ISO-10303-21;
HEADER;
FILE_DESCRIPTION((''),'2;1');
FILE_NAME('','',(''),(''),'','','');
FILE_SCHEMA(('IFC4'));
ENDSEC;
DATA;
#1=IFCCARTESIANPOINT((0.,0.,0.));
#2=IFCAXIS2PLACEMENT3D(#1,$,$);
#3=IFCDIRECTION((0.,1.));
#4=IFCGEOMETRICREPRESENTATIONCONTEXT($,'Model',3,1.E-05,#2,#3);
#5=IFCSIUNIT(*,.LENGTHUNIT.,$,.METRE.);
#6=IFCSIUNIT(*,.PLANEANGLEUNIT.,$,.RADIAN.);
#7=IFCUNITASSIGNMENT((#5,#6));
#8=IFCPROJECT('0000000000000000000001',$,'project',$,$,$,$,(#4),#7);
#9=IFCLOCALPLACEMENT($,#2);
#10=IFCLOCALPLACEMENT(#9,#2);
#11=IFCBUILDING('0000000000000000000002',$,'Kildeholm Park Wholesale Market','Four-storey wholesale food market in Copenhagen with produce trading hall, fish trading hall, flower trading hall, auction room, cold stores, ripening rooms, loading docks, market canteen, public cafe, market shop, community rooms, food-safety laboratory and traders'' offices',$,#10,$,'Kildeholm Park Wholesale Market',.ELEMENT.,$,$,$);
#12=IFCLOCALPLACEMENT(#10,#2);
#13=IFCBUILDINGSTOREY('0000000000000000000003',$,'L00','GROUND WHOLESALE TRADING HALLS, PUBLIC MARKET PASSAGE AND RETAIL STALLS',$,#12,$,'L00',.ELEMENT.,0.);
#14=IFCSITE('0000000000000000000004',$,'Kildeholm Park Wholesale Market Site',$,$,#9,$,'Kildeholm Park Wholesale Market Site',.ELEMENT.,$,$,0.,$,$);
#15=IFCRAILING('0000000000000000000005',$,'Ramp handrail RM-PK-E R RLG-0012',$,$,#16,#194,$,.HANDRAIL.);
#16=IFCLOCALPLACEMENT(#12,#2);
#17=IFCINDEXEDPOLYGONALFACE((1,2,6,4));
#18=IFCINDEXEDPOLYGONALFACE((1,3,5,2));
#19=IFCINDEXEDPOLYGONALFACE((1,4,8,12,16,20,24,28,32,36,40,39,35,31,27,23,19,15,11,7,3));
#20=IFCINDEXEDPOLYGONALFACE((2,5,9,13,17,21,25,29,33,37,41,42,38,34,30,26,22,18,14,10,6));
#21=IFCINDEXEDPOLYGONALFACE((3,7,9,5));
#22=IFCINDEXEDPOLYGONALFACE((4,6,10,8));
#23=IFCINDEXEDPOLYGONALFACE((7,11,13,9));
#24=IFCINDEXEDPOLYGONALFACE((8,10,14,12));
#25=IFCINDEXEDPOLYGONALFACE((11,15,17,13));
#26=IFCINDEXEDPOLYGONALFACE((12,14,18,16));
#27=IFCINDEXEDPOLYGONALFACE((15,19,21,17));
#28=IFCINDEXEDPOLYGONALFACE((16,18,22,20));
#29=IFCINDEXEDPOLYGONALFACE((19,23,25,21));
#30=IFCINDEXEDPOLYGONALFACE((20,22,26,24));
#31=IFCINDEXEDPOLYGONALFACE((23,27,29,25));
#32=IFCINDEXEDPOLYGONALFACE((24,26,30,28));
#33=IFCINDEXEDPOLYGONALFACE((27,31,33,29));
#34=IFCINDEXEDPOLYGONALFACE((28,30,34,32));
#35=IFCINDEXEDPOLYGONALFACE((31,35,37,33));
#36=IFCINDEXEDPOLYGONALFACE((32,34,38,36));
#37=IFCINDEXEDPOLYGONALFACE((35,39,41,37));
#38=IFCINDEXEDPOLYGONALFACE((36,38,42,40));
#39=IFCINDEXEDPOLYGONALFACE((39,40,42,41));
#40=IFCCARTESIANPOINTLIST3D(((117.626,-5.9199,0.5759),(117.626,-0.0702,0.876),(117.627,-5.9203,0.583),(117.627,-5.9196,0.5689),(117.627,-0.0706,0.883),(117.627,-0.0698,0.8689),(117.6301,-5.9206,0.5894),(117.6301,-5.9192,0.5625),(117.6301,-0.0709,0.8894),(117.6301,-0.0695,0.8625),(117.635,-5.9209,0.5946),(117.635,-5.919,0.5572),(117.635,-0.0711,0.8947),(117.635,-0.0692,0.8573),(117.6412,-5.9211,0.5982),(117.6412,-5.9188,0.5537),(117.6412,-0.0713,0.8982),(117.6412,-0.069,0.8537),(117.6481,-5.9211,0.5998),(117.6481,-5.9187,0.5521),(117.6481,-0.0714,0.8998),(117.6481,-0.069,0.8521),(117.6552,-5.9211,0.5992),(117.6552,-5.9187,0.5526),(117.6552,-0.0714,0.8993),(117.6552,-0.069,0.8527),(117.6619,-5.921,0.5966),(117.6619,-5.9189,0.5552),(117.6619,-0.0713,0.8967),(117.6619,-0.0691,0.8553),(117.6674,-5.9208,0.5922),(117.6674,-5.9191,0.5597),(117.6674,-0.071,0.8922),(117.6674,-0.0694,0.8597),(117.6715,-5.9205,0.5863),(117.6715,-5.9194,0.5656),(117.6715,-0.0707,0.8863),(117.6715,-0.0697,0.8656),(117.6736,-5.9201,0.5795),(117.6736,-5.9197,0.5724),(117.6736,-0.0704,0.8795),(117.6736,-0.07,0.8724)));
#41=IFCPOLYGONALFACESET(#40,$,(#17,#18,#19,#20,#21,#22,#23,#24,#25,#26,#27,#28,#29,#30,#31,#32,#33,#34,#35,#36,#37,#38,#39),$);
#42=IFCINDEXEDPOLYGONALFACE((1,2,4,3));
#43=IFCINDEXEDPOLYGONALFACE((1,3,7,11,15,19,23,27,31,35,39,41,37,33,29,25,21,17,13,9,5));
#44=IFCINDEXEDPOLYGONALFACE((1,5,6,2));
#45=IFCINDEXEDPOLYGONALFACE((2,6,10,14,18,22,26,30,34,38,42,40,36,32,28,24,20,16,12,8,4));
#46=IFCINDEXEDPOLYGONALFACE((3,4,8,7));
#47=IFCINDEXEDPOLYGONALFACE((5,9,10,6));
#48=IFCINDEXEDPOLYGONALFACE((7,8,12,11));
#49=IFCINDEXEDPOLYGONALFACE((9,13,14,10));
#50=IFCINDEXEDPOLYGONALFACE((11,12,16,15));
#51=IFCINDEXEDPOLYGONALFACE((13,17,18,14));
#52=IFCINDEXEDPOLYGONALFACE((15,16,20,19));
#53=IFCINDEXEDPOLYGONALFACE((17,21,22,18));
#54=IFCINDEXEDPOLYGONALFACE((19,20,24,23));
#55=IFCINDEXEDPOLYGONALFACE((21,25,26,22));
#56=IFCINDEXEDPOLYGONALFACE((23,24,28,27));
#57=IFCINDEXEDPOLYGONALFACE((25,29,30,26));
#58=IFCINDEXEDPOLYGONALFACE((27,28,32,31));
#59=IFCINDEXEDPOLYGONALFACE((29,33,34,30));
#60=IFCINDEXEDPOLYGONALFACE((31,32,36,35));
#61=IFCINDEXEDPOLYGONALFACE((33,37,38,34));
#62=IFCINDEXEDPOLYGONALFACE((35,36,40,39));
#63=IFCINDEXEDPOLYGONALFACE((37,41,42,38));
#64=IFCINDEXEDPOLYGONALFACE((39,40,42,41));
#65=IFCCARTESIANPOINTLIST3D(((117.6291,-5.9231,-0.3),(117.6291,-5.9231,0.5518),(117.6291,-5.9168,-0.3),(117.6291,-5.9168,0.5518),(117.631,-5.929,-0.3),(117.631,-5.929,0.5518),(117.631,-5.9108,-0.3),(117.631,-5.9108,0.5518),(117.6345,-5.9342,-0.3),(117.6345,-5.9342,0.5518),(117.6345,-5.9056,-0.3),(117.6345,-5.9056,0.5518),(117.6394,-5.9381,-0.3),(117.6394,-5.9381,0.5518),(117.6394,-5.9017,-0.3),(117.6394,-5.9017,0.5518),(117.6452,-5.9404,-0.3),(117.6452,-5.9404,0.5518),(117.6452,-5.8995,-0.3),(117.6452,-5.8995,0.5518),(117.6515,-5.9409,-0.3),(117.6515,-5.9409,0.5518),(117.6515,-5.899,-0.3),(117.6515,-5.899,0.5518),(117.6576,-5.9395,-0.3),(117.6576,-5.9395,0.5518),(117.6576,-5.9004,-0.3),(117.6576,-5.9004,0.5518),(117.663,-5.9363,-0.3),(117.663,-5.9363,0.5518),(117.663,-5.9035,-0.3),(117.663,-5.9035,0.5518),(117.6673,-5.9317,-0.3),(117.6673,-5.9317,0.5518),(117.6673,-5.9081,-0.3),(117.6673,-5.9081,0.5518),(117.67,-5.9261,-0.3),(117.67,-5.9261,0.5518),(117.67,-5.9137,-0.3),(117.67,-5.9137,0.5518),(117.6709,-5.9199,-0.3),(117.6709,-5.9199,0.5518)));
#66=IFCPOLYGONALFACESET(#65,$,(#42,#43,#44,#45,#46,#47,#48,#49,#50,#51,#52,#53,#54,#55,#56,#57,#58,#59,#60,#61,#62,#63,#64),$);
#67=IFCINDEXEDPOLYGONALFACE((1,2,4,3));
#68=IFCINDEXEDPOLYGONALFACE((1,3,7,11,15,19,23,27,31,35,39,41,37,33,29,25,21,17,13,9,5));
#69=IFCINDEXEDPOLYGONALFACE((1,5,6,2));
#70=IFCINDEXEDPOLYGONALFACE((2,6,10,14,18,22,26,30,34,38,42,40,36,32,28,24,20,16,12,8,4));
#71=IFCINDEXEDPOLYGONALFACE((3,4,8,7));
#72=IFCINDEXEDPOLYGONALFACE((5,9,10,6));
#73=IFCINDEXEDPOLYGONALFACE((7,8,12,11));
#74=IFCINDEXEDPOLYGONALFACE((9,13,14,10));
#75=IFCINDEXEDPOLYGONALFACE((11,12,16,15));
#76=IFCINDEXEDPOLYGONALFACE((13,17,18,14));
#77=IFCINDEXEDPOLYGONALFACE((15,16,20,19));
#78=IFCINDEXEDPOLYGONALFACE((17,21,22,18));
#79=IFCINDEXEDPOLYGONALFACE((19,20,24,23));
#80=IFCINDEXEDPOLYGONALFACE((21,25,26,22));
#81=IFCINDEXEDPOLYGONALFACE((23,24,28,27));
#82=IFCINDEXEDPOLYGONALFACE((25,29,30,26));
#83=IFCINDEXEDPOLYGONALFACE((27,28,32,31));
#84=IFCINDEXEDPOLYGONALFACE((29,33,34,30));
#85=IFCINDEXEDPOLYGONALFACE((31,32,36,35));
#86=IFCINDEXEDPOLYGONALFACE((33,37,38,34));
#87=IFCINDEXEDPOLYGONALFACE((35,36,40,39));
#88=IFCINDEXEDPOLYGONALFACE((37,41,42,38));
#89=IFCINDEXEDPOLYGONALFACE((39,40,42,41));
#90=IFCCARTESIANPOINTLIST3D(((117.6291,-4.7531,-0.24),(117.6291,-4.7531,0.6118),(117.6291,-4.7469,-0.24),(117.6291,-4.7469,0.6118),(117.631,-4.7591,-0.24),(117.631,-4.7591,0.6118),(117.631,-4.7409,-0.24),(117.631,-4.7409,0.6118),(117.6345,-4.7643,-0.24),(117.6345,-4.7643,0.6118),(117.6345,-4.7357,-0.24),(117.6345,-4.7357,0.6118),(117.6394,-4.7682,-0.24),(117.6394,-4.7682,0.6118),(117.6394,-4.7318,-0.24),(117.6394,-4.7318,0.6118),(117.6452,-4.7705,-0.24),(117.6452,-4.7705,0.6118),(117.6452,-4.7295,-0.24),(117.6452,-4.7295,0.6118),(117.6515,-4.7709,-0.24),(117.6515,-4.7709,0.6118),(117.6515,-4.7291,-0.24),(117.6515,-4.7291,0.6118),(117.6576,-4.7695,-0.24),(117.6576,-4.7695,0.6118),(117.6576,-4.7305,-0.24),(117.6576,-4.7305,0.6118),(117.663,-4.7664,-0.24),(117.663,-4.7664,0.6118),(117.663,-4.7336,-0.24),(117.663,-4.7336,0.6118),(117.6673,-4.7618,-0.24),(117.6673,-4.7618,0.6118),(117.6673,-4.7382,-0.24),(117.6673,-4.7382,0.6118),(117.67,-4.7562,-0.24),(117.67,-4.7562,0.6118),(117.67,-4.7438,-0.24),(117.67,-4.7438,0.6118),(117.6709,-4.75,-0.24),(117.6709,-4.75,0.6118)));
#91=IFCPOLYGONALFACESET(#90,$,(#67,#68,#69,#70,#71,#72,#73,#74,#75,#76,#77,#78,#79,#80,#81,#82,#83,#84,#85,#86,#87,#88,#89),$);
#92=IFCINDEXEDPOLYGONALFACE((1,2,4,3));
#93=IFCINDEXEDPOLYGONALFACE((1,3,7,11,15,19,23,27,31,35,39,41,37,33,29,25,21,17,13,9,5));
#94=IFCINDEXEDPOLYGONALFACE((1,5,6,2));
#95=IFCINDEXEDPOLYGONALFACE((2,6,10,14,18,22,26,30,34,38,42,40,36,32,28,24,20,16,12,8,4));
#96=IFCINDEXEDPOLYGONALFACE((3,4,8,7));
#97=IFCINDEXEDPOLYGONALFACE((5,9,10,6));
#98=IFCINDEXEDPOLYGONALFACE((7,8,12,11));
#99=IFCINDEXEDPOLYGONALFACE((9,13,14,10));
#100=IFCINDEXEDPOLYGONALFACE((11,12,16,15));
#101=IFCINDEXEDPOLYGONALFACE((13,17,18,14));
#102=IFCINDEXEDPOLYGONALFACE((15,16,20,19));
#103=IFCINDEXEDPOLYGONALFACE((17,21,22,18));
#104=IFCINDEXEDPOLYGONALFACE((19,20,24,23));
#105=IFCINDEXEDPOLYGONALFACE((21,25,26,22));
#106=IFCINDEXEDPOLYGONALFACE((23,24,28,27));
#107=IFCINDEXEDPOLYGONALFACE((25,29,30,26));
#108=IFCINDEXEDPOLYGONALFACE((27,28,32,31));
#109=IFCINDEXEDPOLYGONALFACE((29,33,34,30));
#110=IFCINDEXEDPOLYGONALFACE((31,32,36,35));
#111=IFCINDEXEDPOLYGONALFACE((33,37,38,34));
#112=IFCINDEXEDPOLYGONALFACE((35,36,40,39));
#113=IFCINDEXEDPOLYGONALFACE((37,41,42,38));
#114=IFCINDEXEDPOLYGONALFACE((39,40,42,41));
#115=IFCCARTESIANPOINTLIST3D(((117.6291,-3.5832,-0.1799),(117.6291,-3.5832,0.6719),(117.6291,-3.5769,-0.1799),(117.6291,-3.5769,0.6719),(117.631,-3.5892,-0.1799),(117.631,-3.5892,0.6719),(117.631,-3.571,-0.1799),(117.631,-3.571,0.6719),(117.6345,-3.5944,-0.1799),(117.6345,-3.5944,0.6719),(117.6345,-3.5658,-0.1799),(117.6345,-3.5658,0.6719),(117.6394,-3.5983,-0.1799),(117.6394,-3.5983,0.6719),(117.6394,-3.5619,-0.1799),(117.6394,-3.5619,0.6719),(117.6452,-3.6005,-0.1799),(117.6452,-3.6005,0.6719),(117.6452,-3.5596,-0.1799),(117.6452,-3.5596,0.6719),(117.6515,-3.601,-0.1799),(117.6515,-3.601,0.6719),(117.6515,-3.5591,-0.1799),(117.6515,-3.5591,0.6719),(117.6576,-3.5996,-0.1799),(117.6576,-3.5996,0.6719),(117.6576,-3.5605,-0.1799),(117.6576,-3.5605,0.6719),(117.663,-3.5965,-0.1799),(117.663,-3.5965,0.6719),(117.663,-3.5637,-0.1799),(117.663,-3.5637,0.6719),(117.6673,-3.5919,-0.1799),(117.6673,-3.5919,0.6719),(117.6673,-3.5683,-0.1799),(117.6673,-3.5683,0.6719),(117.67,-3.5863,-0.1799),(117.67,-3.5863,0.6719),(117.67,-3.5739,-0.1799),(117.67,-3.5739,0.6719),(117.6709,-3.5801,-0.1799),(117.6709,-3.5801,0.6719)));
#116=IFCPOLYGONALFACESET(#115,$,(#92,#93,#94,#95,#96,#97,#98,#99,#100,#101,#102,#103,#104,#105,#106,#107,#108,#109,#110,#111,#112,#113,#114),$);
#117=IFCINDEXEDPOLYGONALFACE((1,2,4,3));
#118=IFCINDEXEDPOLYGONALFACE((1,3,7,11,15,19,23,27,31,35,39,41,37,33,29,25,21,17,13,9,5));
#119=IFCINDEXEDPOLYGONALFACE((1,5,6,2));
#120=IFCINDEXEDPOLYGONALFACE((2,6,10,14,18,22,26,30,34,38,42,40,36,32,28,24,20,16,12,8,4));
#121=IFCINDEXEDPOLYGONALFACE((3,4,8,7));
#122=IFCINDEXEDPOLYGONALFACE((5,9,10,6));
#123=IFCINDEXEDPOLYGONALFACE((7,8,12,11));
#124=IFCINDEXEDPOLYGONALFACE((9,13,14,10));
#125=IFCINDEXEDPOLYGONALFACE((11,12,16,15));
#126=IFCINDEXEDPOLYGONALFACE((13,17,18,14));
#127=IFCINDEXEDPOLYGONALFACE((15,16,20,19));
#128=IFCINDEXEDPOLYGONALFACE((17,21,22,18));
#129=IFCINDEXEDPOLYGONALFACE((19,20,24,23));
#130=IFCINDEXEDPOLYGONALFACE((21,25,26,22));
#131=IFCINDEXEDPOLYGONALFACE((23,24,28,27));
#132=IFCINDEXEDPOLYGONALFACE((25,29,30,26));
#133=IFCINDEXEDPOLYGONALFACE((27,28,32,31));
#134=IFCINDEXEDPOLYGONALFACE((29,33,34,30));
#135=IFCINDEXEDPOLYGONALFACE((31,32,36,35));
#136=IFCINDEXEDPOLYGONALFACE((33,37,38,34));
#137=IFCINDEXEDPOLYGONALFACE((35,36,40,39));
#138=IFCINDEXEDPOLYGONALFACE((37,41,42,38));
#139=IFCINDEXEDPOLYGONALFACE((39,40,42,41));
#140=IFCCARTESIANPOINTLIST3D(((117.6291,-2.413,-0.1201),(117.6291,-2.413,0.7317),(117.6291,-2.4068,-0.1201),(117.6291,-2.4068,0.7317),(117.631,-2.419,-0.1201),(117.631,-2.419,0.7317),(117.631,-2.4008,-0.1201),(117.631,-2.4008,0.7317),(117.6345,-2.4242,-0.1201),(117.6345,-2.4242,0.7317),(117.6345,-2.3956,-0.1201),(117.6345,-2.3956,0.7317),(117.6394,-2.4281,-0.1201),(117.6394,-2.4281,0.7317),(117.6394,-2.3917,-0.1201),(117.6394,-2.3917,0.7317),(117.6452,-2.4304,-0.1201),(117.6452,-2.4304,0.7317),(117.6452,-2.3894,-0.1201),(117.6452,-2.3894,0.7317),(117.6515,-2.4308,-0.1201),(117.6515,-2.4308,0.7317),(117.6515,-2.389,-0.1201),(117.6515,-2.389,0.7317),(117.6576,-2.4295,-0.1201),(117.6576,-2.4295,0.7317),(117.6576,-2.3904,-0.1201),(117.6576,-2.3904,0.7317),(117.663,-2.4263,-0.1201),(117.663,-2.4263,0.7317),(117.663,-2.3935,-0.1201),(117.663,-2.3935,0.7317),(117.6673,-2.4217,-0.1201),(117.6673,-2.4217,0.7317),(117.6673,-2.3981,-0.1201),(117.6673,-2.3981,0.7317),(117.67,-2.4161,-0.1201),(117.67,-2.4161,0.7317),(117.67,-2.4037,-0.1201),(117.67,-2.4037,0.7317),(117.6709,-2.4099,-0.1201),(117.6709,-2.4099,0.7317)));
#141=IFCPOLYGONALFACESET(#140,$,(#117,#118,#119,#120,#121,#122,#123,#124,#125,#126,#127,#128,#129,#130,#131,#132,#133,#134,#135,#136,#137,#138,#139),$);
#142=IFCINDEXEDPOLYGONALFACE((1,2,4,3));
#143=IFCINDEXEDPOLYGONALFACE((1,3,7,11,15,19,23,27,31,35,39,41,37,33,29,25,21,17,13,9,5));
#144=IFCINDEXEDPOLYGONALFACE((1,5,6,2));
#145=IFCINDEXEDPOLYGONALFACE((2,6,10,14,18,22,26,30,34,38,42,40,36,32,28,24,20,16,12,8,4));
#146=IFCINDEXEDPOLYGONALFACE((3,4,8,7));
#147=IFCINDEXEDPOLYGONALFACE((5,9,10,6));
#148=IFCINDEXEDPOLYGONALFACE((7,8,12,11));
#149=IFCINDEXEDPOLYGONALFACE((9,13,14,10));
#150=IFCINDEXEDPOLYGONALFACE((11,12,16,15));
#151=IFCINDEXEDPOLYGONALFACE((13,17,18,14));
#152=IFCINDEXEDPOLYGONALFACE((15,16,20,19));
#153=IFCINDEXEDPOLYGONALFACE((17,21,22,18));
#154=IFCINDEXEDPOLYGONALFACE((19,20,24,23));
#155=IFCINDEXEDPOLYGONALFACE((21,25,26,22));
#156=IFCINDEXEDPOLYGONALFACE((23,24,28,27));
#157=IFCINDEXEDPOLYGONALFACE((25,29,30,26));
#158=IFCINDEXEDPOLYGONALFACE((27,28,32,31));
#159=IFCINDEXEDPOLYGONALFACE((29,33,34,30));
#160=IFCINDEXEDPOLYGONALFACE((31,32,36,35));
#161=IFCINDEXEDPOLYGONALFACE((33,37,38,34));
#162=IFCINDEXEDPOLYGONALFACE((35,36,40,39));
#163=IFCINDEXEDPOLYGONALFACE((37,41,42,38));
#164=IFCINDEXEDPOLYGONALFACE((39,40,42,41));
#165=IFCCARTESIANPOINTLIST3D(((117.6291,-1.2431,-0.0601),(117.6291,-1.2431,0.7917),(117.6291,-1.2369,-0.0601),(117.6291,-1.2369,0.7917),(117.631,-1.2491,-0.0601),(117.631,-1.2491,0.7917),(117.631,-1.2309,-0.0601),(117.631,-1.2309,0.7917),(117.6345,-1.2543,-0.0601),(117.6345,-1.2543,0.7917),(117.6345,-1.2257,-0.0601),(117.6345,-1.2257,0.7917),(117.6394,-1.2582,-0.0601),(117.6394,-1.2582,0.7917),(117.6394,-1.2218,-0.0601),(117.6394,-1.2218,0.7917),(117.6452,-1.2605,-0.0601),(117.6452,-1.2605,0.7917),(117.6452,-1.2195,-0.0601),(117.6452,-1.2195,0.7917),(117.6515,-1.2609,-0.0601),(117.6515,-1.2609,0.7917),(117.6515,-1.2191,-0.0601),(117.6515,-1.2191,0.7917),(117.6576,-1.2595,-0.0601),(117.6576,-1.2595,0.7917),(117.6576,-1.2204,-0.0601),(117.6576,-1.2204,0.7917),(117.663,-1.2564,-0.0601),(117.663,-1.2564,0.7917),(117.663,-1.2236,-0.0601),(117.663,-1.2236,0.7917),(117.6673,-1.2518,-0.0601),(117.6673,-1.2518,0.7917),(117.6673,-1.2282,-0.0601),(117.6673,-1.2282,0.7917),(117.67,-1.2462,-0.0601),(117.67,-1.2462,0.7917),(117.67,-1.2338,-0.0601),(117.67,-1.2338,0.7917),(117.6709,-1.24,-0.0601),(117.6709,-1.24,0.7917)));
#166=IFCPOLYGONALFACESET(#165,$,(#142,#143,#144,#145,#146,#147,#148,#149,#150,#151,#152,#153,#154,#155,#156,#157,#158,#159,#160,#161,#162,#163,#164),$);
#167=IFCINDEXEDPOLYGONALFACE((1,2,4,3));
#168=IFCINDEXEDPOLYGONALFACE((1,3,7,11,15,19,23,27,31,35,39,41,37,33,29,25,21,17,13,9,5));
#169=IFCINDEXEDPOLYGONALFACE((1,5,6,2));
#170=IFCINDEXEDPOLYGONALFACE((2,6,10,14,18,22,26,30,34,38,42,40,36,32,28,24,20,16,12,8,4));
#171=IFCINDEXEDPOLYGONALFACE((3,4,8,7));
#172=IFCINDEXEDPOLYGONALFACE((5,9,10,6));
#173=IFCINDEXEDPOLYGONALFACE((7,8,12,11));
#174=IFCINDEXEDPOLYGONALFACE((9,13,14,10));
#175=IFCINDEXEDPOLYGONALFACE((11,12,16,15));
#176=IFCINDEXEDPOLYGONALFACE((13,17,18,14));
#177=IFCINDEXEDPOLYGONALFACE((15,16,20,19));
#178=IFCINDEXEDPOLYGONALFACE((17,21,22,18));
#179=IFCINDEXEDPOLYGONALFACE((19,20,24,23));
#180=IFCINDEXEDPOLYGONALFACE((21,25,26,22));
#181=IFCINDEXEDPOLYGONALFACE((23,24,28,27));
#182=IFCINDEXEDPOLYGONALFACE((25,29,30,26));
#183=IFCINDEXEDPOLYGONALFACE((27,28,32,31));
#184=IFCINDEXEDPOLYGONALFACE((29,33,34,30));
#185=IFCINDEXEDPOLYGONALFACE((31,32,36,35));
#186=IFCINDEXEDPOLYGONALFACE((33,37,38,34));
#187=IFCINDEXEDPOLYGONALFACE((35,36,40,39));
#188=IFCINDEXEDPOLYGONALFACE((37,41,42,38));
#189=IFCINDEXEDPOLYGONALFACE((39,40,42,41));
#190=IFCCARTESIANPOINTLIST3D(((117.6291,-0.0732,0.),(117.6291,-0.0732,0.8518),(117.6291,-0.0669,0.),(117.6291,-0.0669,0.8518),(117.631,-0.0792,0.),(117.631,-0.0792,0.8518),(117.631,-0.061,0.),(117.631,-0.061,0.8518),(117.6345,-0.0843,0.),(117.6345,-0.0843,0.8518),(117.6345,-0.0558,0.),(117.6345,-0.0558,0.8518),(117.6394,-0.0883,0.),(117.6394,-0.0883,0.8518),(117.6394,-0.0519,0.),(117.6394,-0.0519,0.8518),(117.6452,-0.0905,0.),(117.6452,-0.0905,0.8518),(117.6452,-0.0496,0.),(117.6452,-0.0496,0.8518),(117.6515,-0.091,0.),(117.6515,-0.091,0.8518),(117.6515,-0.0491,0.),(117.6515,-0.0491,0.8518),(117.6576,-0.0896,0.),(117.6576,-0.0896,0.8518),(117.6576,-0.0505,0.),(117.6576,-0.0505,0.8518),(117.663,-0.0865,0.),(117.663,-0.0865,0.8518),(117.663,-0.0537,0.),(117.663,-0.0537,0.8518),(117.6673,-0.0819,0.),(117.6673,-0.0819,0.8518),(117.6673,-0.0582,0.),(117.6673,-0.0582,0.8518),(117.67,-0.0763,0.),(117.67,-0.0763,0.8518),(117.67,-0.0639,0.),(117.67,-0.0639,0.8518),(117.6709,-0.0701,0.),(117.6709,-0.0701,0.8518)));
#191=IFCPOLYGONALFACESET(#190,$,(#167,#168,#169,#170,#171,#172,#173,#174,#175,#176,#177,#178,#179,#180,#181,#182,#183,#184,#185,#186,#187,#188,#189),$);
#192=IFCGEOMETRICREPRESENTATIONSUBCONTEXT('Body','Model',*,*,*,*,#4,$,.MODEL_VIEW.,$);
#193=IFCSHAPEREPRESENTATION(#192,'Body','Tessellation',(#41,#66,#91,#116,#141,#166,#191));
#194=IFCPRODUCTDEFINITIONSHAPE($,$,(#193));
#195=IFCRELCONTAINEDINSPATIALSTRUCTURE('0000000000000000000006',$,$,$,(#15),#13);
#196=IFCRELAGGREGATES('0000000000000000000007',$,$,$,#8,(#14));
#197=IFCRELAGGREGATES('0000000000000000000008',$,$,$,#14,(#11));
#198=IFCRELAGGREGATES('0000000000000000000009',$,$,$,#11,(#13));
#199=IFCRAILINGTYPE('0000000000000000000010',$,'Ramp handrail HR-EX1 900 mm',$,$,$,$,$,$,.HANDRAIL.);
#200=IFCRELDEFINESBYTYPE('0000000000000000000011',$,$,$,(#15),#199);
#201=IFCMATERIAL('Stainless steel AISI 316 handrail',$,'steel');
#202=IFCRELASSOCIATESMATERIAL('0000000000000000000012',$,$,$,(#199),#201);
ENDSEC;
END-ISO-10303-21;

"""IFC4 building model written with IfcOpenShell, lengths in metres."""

from ifc_helpers import new_model, si_unit, direction, frame, origin, origin_2d, place, context, subcontext, project, spatial, circle, extrude, material, type_object, element, save


model = new_model("IFC4")

# Units and contexts
model_context = context("Model", 3, precision=1e-05, world=origin(), true_north=direction((0.0, 1.0)))
body_context = subcontext(model_context, "Body", "Model", "MODEL_VIEW")
ifc_project = project(units=[si_unit("LENGTHUNIT", "METRE"), si_unit("PLANEANGLEUNIT", "RADIAN")], contexts=[model_context])

# Site, building, storey
site_placement = place(None, origin())
site = spatial("IfcSite", under=ifc_project, at=site_placement, Name="Kildeholm Park Wholesale Market Site", LongName="Kildeholm Park Wholesale Market Site", CompositionType="ELEMENT", RefElevation=0.0)
building_placement = place(site_placement, origin())
building = spatial("IfcBuilding", under=site, at=building_placement, Name="Kildeholm Park Wholesale Market", Description="Four-storey wholesale food market in Copenhagen with produce trading hall, fish trading hall, flower trading hall, auction room, cold stores, ripening rooms, loading docks, market canteen, public cafe, market shop, community rooms, food-safety laboratory and traders' offices", LongName="Kildeholm Park Wholesale Market", CompositionType="ELEMENT")
storey_placement = place(building_placement, origin())
storey = spatial("IfcBuildingStorey", under=building, at=storey_placement, Name="L00", Description="GROUND WHOLESALE TRADING HALLS, PUBLIC MARKET PASSAGE AND RETAIL STALLS", LongName="L00", CompositionType="ELEMENT", Elevation=0.0)

# Railing
ifc_material_1 = material(Name="Stainless steel AISI 316 handrail", Category="steel")
railing_type = type_object("IfcRailingType", Name="Ramp handrail HR-EX1 900 mm", PredefinedType="HANDRAIL", material=ifc_material_1)
for number, where, name in (
    (1, (117.6499, -5.9199, -0.3), "Ramp handrail RM-PK-E R RLG-0012"),
):
    element("IfcRailing", number, at=place(storey_placement, frame(where)), inside=storey, type_object=railing_type, Name=name, PredefinedType="HANDRAIL", context=body_context, shape_type="SweptSolid", body=[
        extrude(circle(Radius=0.0239, at=origin_2d()), frame((0.0, 0.0, 0.876), z_axis=(0.0, 0.998687, 0.051224), x_axis=(-1.0, 0.0, 0.0)), (0.0, 0.0, 1.0), 5.8574),
        extrude(circle(Radius=0.021, at=origin_2d()), origin(), (0.0, 0.0, 1.0), 0.8518),
        extrude(circle(Radius=0.021, at=origin_2d()), frame((0.0, 1.1699, 0.0601)), (0.0, 0.0, 1.0), 0.8518),
        extrude(circle(Radius=0.021, at=origin_2d()), frame((0.0, 2.3398, 0.1201)), (0.0, 0.0, 1.0), 0.8518),
        extrude(circle(Radius=0.021, at=origin_2d()), frame((0.0, 3.51, 0.1799)), (0.0, 0.0, 1.0), 0.8518),
        extrude(circle(Radius=0.021, at=origin_2d()), frame((0.0, 4.6799, 0.24)), (0.0, 0.0, 1.0), 0.8518),
        extrude(circle(Radius=0.021, at=origin_2d()), frame((0.0, 5.8499, 0.3)), (0.0, 0.0, 1.0), 0.8518),
    ])

save(model, "model.ifc")
